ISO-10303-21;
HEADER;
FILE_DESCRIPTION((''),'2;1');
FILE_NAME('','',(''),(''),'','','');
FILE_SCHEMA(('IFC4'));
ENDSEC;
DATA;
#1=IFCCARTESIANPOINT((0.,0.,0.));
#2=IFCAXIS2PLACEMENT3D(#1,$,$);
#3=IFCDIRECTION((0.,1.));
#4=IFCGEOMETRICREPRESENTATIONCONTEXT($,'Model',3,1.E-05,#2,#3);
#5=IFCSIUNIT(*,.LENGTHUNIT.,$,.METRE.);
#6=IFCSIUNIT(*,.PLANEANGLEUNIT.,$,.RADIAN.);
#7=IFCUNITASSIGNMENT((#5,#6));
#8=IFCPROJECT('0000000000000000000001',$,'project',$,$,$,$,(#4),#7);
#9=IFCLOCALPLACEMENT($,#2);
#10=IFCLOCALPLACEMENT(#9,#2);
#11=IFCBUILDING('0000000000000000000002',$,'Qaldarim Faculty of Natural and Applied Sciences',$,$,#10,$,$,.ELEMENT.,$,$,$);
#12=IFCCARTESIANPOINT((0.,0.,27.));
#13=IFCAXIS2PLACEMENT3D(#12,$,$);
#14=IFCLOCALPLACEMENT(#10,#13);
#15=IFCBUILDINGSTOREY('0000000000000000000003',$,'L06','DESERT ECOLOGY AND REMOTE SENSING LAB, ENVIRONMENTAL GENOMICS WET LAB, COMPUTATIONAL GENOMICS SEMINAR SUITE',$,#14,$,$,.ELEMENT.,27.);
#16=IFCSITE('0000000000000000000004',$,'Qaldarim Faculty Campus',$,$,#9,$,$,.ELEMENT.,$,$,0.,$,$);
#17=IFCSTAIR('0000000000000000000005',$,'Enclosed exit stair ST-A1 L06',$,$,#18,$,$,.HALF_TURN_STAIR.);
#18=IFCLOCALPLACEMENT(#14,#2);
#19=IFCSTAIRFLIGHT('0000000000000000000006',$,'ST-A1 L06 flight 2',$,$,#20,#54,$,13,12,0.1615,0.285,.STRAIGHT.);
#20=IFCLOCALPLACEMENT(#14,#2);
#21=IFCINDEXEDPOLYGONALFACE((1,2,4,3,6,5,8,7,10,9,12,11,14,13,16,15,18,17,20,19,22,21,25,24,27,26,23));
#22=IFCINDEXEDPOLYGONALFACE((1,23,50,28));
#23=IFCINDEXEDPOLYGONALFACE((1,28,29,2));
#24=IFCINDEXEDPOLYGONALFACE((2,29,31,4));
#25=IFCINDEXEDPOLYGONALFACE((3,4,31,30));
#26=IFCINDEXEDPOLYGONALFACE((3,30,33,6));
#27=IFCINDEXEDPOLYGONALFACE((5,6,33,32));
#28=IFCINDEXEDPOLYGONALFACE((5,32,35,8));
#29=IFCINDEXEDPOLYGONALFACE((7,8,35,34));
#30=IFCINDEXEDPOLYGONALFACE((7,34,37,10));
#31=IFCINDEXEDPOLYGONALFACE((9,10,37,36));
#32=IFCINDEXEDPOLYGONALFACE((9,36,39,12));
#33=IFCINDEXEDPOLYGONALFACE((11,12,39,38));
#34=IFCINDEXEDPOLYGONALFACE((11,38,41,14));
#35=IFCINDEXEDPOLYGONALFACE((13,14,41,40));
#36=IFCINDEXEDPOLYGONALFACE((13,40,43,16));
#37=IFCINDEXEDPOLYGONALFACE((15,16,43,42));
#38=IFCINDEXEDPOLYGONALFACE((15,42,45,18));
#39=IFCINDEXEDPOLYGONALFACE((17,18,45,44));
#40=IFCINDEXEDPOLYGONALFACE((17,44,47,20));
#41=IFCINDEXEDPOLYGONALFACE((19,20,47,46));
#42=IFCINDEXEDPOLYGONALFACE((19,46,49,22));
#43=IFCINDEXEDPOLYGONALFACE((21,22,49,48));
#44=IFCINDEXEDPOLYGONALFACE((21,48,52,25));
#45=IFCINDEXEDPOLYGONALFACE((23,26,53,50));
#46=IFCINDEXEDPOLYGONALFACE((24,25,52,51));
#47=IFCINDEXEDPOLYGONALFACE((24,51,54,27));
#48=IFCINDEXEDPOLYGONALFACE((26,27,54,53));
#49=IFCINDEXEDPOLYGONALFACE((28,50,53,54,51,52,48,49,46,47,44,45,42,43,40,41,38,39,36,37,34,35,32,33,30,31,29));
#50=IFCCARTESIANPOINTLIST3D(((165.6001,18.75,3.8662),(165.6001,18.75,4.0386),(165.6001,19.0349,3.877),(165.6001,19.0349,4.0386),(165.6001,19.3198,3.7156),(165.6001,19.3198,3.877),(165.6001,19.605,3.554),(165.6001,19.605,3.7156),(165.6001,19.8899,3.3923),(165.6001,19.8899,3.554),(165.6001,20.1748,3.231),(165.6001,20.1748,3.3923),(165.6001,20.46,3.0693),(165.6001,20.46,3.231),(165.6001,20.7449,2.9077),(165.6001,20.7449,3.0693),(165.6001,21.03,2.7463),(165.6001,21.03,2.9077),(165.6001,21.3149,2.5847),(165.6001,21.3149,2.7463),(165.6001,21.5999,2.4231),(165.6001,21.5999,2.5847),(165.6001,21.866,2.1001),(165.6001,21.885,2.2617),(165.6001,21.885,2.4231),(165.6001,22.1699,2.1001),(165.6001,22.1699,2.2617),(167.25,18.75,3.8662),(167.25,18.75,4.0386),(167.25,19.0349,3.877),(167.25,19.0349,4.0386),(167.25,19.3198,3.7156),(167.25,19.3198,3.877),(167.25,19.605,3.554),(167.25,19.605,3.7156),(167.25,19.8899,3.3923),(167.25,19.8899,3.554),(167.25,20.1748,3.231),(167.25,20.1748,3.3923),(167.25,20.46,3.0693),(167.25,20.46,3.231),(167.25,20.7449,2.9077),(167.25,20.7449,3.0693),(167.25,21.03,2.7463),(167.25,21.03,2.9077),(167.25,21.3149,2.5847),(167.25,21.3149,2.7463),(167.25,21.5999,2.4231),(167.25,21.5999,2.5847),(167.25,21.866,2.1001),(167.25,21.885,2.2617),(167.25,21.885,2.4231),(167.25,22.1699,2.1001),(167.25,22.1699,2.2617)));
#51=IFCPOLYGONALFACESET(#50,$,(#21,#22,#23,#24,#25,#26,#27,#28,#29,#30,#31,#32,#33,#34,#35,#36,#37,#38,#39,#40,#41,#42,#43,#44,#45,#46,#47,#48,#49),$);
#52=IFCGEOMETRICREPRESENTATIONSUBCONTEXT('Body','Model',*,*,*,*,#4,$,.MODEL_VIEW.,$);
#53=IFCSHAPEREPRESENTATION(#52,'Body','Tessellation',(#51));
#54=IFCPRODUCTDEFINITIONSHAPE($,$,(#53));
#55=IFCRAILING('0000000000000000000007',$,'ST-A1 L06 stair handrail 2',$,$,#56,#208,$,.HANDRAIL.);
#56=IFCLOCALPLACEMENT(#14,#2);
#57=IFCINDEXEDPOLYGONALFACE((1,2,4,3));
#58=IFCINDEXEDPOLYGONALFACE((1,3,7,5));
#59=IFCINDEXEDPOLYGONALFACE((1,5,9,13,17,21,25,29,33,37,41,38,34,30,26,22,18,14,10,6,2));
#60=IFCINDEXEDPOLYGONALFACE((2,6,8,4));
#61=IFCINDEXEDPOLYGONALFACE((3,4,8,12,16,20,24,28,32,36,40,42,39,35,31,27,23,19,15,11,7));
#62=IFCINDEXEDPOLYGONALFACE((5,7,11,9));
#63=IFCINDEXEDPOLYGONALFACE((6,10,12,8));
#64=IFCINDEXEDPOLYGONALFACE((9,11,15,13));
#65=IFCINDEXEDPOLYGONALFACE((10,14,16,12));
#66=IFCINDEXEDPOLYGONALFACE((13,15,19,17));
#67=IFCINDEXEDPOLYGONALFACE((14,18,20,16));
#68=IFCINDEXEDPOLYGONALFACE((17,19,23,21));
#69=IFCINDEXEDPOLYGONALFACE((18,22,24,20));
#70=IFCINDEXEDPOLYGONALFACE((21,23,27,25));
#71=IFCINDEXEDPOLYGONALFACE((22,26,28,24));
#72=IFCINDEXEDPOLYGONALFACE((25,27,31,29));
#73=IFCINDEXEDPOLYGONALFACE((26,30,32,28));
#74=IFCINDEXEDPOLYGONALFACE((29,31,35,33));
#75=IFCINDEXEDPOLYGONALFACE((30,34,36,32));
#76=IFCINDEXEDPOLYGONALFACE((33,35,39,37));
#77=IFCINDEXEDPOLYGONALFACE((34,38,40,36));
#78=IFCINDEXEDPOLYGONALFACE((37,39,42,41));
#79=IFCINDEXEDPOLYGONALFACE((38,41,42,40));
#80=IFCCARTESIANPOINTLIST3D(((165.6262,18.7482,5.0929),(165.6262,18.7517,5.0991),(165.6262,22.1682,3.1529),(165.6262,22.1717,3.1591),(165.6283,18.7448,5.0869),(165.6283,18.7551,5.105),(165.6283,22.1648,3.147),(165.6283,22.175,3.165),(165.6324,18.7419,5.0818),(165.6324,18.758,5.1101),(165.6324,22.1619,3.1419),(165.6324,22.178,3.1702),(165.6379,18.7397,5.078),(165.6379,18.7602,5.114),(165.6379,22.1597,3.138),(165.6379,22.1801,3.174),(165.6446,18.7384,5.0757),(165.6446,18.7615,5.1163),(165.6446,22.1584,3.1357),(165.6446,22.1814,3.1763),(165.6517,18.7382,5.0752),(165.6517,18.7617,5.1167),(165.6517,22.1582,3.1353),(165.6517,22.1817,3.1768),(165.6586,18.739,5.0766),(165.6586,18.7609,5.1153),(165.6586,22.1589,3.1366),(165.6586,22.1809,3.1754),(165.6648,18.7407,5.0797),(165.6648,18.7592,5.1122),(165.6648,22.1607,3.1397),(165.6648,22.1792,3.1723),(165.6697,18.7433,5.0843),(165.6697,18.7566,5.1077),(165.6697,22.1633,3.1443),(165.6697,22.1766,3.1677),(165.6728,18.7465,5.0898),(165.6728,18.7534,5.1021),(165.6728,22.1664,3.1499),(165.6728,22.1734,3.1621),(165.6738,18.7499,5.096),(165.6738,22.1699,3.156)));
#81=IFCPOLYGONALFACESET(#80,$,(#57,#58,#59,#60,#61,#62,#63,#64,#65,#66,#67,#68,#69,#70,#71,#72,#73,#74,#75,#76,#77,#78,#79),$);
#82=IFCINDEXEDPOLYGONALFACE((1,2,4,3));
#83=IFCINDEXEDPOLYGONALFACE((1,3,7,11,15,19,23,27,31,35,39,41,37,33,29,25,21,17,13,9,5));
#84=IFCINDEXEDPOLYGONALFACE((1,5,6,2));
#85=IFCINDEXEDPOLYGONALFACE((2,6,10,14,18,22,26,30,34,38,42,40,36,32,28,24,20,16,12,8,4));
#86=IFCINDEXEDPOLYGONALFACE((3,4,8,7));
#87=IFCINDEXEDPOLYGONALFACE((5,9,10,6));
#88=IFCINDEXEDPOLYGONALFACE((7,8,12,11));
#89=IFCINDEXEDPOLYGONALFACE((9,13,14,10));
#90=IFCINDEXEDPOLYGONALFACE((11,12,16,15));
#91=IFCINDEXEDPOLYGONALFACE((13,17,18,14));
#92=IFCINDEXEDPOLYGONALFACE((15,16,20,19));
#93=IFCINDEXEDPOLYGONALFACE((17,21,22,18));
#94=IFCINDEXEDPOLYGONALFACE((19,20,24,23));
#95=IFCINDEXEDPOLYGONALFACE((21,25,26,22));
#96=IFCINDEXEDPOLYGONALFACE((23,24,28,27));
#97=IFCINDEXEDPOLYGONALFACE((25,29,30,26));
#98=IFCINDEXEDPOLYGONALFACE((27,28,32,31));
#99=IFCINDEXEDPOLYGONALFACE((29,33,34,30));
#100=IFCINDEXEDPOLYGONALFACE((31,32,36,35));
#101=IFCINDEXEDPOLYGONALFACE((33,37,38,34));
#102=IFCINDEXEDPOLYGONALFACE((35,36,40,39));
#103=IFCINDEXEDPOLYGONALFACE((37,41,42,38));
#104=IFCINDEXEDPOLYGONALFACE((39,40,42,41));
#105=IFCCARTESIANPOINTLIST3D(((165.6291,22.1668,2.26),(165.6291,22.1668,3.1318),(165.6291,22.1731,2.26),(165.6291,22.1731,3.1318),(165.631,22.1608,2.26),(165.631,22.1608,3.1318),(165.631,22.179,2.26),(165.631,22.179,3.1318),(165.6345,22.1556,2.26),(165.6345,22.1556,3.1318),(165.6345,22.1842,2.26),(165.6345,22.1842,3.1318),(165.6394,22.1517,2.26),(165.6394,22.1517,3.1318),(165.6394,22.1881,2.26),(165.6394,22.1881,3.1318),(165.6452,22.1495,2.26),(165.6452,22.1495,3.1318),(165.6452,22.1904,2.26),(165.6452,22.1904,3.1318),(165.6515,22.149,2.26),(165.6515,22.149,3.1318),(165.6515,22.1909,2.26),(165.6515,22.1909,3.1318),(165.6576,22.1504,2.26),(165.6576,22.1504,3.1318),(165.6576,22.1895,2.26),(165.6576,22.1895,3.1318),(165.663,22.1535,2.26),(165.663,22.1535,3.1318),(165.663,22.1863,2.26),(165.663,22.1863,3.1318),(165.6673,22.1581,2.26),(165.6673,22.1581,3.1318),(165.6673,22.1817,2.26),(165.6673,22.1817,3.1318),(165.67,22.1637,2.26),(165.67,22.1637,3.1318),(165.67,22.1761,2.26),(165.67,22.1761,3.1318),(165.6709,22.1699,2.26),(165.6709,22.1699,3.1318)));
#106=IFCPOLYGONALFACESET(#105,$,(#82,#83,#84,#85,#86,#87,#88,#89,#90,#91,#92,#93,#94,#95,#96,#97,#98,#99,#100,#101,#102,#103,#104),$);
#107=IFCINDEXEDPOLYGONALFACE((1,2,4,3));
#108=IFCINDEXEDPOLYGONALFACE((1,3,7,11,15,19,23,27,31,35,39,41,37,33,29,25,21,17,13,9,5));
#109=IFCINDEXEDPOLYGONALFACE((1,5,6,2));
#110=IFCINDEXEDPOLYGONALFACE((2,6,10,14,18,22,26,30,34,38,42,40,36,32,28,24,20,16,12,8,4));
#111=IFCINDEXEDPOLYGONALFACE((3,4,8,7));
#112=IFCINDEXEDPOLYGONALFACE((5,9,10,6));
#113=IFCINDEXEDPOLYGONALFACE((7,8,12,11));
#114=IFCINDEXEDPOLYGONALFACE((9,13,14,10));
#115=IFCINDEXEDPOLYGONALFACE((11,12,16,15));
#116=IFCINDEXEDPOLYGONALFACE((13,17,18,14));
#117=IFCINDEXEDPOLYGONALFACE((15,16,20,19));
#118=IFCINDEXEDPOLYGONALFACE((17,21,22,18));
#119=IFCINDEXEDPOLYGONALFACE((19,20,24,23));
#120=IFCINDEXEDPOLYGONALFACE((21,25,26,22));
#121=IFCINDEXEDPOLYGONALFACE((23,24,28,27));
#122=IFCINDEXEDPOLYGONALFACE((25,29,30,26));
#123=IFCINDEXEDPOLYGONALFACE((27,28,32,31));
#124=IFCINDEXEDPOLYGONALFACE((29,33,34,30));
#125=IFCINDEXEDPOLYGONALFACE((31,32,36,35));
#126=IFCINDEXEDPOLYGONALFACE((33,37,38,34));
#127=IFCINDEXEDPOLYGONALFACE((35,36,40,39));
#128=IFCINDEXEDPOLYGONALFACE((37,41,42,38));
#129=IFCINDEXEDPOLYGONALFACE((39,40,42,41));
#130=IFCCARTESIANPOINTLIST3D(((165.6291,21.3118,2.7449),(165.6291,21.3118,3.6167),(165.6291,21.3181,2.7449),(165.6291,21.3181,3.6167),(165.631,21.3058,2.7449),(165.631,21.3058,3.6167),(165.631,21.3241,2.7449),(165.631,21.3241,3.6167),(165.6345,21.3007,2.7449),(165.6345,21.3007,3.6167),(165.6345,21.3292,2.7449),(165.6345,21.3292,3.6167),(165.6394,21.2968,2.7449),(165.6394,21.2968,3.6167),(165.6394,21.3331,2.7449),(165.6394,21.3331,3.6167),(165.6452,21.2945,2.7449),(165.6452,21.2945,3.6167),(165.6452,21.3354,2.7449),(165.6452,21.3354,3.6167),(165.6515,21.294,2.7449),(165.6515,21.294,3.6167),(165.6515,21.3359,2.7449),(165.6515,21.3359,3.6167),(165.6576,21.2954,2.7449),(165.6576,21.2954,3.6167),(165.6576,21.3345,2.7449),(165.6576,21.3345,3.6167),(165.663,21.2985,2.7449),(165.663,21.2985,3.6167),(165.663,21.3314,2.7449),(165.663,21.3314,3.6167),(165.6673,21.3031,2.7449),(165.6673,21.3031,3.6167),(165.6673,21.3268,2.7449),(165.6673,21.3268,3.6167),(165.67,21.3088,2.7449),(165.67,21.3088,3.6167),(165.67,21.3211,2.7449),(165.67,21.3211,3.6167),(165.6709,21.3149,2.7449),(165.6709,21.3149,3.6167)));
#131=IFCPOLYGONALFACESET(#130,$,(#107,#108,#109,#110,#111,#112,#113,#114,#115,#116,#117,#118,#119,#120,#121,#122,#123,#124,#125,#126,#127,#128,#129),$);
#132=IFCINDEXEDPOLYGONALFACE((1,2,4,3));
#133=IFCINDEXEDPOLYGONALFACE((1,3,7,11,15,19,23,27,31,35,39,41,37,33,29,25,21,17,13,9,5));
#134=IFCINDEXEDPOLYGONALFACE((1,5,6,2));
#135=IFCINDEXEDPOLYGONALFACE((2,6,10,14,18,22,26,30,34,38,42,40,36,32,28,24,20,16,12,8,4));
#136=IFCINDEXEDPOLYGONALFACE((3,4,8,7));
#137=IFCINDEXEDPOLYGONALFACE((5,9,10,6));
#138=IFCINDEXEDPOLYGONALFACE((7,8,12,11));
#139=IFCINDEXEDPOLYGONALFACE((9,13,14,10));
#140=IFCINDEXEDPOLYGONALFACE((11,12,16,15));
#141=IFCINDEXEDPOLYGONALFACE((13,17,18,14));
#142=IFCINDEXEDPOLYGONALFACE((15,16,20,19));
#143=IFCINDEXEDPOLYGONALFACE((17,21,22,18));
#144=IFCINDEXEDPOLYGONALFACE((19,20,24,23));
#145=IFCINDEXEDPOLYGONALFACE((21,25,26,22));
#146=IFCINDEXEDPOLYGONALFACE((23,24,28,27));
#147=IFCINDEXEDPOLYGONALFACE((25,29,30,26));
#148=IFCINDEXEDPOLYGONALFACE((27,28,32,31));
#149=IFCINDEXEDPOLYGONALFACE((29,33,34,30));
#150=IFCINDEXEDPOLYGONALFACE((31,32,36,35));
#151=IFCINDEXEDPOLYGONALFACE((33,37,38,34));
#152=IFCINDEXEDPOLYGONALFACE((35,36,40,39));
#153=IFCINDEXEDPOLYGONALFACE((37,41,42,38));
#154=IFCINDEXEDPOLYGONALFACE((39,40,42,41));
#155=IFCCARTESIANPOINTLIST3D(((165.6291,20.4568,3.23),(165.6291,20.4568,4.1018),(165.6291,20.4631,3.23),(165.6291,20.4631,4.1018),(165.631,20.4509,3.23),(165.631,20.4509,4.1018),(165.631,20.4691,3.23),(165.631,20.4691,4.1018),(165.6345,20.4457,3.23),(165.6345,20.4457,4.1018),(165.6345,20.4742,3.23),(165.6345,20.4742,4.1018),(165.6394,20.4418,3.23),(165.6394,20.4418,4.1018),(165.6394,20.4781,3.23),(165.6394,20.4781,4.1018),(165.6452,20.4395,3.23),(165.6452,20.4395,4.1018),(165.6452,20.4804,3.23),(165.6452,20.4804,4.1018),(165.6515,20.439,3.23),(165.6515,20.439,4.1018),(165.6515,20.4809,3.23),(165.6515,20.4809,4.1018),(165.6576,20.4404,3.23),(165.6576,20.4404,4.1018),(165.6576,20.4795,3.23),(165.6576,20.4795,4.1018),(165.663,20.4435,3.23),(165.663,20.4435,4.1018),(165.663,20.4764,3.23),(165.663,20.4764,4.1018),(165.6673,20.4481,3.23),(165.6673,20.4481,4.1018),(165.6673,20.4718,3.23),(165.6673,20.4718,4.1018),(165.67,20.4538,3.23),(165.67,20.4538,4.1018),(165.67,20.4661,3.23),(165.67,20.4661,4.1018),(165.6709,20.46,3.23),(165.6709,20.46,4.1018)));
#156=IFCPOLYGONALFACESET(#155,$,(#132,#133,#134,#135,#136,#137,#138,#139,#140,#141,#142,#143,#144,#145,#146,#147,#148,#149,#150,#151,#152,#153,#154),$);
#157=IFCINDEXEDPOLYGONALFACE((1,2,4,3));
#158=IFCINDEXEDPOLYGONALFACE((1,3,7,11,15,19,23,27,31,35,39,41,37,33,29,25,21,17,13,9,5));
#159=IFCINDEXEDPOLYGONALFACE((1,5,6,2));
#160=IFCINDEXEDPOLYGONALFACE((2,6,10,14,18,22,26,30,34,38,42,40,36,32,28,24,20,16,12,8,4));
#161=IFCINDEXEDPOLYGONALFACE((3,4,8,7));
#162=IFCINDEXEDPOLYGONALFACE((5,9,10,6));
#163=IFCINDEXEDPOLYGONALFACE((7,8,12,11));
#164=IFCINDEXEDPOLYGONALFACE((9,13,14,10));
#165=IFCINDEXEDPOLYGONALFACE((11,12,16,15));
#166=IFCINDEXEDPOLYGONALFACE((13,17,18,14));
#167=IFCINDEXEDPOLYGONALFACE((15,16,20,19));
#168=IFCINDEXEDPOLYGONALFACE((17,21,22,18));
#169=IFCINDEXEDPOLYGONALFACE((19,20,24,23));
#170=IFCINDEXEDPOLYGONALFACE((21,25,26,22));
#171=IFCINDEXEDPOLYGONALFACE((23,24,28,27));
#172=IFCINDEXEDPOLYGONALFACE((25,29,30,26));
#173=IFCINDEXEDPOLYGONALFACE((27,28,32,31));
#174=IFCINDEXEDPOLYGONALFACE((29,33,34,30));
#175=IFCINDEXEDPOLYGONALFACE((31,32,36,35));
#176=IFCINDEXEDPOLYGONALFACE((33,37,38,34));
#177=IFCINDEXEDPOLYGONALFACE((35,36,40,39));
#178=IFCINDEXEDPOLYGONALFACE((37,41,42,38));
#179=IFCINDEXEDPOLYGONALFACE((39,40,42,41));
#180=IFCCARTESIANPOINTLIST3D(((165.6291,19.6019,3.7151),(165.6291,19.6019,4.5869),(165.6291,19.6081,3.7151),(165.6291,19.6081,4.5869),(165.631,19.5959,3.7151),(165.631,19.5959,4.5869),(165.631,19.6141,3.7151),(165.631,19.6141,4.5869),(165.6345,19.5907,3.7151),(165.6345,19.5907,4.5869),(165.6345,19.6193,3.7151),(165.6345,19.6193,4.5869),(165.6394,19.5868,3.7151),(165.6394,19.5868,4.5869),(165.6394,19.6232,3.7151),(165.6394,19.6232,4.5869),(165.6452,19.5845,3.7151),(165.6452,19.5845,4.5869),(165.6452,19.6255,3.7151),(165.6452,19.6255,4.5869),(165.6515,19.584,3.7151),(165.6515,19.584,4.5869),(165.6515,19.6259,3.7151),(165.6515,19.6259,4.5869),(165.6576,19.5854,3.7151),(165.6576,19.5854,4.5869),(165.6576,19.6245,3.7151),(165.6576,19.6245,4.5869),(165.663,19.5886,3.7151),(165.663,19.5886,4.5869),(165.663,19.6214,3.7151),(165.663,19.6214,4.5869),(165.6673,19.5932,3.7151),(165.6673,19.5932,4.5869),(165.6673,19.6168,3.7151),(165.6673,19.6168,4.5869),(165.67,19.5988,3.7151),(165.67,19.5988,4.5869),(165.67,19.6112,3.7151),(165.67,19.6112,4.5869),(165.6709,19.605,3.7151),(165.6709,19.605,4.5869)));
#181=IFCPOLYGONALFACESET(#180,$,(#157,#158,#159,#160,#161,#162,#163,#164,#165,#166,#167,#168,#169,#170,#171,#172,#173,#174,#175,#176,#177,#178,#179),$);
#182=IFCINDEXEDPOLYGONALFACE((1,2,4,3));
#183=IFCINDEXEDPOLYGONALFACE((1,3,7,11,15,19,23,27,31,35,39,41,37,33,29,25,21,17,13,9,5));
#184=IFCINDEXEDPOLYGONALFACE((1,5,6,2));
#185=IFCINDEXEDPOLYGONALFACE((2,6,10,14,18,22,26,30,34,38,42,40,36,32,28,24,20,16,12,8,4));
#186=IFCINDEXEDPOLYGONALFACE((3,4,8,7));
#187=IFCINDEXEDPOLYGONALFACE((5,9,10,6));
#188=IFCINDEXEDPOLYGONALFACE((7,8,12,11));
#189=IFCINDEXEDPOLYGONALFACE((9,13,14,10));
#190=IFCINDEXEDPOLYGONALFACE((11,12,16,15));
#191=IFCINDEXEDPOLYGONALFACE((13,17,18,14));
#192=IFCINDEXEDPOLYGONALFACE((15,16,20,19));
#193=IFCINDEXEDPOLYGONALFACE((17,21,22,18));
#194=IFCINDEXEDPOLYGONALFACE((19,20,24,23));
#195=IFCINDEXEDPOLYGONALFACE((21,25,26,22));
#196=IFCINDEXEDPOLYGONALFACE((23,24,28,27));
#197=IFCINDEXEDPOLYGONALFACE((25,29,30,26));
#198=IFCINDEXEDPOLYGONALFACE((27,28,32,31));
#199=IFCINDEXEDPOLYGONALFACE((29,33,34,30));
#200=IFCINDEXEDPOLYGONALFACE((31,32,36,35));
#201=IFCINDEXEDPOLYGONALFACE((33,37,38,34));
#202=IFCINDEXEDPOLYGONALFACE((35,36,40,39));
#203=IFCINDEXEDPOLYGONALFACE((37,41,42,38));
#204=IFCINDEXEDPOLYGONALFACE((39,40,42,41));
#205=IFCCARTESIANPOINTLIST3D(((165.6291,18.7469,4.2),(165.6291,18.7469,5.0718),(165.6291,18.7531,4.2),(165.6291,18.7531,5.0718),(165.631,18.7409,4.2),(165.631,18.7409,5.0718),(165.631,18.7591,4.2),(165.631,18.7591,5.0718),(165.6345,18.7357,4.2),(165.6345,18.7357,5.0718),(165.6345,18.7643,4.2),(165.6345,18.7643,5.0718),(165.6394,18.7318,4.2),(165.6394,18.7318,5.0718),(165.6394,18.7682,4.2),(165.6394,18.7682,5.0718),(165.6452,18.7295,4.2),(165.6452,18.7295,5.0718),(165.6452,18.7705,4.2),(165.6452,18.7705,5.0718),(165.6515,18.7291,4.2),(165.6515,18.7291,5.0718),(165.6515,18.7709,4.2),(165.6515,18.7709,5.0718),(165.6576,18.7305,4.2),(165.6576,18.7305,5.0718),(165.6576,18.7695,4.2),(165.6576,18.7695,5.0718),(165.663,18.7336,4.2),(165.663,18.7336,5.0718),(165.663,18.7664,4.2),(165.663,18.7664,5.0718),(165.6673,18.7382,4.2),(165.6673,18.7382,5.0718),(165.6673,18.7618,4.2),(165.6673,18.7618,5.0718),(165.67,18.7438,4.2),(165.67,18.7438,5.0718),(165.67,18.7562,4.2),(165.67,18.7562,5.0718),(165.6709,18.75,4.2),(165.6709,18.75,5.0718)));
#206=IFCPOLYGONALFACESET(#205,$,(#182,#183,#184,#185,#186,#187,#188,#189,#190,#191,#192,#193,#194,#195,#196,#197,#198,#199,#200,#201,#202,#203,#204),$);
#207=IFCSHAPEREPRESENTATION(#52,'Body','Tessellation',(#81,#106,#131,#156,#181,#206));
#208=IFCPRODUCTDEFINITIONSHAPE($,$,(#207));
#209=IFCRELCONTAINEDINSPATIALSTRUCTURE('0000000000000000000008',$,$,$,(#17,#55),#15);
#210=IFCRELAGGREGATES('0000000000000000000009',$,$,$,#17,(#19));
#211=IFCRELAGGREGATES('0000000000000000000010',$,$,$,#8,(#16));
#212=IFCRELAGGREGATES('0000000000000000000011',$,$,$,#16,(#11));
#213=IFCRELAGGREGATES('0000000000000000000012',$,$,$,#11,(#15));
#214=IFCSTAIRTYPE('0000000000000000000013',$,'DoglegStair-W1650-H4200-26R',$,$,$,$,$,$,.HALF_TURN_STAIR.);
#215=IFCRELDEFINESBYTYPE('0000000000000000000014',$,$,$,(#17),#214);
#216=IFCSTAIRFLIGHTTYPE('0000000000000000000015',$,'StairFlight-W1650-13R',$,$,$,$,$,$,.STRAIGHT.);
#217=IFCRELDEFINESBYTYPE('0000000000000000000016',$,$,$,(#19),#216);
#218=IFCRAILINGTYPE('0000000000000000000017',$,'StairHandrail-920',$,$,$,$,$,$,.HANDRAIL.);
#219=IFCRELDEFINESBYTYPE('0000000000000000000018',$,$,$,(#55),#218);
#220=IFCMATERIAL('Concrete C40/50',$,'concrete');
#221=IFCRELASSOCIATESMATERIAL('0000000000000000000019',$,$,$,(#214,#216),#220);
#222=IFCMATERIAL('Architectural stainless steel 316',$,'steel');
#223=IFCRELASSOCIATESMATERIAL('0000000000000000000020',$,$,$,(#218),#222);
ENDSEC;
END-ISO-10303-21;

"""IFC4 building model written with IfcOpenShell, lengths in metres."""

from ifc_helpers import new_model, si_unit, direction, frame, origin, origin_2d, place, context, subcontext, project, spatial, polyline, circle, outline, extrude, material, type_object, element, aggregate, save


model = new_model("IFC4")

# Units and contexts
model_context = context("Model", 3, precision=1e-05, world=origin(), true_north=direction((0.0, 1.0)))
body_context = subcontext(model_context, "Body", "Model", "MODEL_VIEW")
ifc_project = project(units=[si_unit("LENGTHUNIT", "METRE"), si_unit("PLANEANGLEUNIT", "RADIAN")], contexts=[model_context])

# Site, building, storey
site_placement = place(None, origin())
site = spatial("IfcSite", under=ifc_project, at=site_placement, Name="Qaldarim Faculty Campus", CompositionType="ELEMENT", RefElevation=0.0)
building_placement = place(site_placement, origin())
building = spatial("IfcBuilding", under=site, at=building_placement, Name="Qaldarim Faculty of Natural and Applied Sciences", CompositionType="ELEMENT")
storey_placement = place(building_placement, frame((0.0, 0.0, 27.0)))
storey = spatial("IfcBuildingStorey", under=building, at=storey_placement, Name="L06", Description="DESERT ECOLOGY AND REMOTE SENSING LAB, ENVIRONMENTAL GENOMICS WET LAB, COMPUTATIONAL GENOMICS SEMINAR SUITE", CompositionType="ELEMENT", Elevation=27.0)

# Shared definitions
ifc_material_1 = material(Name="Concrete C40/50", Category="concrete")

# Stair, stair flight
stair_type = type_object("IfcStairType", Name="DoglegStair-W1650-H4200-26R", PredefinedType="HALF_TURN_STAIR", material=ifc_material_1)
stair_placement = place(storey_placement, origin())
stair = element("IfcStair", 1, at=stair_placement, inside=storey, type_object=stair_type, Name="Enclosed exit stair ST-A1 L06", PredefinedType="HALF_TURN_STAIR")
stair_flight_type = type_object("IfcStairFlightType", Name="StairFlight-W1650-13R", PredefinedType="STRAIGHT", material=ifc_material_1)
stair_flight_placement = place(storey_placement, frame((166.425, 22.1699, 2.1001), z_axis=(0.0, 0.0, 1.0), x_axis=(0.0, -1.0, 0.0)))
stair_flight = element("IfcStairFlight", 2, at=stair_flight_placement, type_object=stair_flight_type, Name="ST-A1 L06 flight 2", NumberOfRisers=13, NumberOfTreads=12, PredefinedType="STRAIGHT", RiserHeight=0.1615, TreadLength=0.285, context=body_context, shape_type="SweptSolid", body=[
    extrude(outline(polyline([(0.0, 0.0), (0.0, 0.1616), (0.2849, 0.1616), (0.2849, 0.323), (0.5701, 0.323), (0.5701, 0.4846), (0.855, 0.4846), (0.855, 0.6462), (1.1399, 0.6462), (1.1399, 0.8076), (1.425, 0.8076), (1.425, 0.9692), (1.71, 0.9692), (1.71, 1.1309), (1.9951, 1.1309), (1.9951, 1.2922), (2.28, 1.2922), (2.28, 1.4539), (2.5649, 1.4539), (2.5649, 1.6155), (2.8501, 1.6155), (2.8501, 1.7769), (3.135, 1.7769), (3.135, 1.9385), (3.4199, 1.9385), (3.4199, 2.1001), (3.4199, 1.7661), (0.304, 0.0), (0.0, 0.0)])), frame((0.0, 0.825, 0.0), z_axis=(0.0, -1.0, 0.0), x_axis=(1.0, 0.0, 0.0)), (0.0, 0.0, 1.0), 1.6499),
])
aggregate(stair, [stair_flight])

# Railing
ifc_material_2 = material(Name="Architectural stainless steel 316", Category="steel")
railing_type = type_object("IfcRailingType", Name="StairHandrail-920", PredefinedType="HANDRAIL", material=ifc_material_2)
railing_placement = place(storey_placement, frame((165.6499, 22.1699, 2.26)))
element("IfcRailing", 3, at=railing_placement, inside=storey, type_object=railing_type, Name="ST-A1 L06 stair handrail 2", PredefinedType="HANDRAIL", context=body_context, shape_type="SweptSolid", body=[
    extrude(circle(Radius=0.0239, at=origin_2d()), frame((0.0, 0.0, 0.896), z_axis=(0.0, -0.869805, 0.493395), x_axis=(1.0, 0.0, 0.0)), (0.0, 0.0, 1.0), 3.9319),
    extrude(circle(Radius=0.021, at=origin_2d()), origin(), (0.0, 0.0, 1.0), 0.8718),
    extrude(circle(Radius=0.021, at=origin_2d()), frame((0.0, -0.855, 0.4849)), (0.0, 0.0, 1.0), 0.8718),
    extrude(circle(Radius=0.021, at=origin_2d()), frame((0.0, -1.71, 0.97)), (0.0, 0.0, 1.0), 0.8718),
    extrude(circle(Radius=0.021, at=origin_2d()), frame((0.0, -2.5649, 1.4551)), (0.0, 0.0, 1.0), 0.8718),
    extrude(circle(Radius=0.021, at=origin_2d()), frame((0.0, -3.4199, 1.9399)), (0.0, 0.0, 1.0), 0.8718),
])

save(model, "model.ifc")
